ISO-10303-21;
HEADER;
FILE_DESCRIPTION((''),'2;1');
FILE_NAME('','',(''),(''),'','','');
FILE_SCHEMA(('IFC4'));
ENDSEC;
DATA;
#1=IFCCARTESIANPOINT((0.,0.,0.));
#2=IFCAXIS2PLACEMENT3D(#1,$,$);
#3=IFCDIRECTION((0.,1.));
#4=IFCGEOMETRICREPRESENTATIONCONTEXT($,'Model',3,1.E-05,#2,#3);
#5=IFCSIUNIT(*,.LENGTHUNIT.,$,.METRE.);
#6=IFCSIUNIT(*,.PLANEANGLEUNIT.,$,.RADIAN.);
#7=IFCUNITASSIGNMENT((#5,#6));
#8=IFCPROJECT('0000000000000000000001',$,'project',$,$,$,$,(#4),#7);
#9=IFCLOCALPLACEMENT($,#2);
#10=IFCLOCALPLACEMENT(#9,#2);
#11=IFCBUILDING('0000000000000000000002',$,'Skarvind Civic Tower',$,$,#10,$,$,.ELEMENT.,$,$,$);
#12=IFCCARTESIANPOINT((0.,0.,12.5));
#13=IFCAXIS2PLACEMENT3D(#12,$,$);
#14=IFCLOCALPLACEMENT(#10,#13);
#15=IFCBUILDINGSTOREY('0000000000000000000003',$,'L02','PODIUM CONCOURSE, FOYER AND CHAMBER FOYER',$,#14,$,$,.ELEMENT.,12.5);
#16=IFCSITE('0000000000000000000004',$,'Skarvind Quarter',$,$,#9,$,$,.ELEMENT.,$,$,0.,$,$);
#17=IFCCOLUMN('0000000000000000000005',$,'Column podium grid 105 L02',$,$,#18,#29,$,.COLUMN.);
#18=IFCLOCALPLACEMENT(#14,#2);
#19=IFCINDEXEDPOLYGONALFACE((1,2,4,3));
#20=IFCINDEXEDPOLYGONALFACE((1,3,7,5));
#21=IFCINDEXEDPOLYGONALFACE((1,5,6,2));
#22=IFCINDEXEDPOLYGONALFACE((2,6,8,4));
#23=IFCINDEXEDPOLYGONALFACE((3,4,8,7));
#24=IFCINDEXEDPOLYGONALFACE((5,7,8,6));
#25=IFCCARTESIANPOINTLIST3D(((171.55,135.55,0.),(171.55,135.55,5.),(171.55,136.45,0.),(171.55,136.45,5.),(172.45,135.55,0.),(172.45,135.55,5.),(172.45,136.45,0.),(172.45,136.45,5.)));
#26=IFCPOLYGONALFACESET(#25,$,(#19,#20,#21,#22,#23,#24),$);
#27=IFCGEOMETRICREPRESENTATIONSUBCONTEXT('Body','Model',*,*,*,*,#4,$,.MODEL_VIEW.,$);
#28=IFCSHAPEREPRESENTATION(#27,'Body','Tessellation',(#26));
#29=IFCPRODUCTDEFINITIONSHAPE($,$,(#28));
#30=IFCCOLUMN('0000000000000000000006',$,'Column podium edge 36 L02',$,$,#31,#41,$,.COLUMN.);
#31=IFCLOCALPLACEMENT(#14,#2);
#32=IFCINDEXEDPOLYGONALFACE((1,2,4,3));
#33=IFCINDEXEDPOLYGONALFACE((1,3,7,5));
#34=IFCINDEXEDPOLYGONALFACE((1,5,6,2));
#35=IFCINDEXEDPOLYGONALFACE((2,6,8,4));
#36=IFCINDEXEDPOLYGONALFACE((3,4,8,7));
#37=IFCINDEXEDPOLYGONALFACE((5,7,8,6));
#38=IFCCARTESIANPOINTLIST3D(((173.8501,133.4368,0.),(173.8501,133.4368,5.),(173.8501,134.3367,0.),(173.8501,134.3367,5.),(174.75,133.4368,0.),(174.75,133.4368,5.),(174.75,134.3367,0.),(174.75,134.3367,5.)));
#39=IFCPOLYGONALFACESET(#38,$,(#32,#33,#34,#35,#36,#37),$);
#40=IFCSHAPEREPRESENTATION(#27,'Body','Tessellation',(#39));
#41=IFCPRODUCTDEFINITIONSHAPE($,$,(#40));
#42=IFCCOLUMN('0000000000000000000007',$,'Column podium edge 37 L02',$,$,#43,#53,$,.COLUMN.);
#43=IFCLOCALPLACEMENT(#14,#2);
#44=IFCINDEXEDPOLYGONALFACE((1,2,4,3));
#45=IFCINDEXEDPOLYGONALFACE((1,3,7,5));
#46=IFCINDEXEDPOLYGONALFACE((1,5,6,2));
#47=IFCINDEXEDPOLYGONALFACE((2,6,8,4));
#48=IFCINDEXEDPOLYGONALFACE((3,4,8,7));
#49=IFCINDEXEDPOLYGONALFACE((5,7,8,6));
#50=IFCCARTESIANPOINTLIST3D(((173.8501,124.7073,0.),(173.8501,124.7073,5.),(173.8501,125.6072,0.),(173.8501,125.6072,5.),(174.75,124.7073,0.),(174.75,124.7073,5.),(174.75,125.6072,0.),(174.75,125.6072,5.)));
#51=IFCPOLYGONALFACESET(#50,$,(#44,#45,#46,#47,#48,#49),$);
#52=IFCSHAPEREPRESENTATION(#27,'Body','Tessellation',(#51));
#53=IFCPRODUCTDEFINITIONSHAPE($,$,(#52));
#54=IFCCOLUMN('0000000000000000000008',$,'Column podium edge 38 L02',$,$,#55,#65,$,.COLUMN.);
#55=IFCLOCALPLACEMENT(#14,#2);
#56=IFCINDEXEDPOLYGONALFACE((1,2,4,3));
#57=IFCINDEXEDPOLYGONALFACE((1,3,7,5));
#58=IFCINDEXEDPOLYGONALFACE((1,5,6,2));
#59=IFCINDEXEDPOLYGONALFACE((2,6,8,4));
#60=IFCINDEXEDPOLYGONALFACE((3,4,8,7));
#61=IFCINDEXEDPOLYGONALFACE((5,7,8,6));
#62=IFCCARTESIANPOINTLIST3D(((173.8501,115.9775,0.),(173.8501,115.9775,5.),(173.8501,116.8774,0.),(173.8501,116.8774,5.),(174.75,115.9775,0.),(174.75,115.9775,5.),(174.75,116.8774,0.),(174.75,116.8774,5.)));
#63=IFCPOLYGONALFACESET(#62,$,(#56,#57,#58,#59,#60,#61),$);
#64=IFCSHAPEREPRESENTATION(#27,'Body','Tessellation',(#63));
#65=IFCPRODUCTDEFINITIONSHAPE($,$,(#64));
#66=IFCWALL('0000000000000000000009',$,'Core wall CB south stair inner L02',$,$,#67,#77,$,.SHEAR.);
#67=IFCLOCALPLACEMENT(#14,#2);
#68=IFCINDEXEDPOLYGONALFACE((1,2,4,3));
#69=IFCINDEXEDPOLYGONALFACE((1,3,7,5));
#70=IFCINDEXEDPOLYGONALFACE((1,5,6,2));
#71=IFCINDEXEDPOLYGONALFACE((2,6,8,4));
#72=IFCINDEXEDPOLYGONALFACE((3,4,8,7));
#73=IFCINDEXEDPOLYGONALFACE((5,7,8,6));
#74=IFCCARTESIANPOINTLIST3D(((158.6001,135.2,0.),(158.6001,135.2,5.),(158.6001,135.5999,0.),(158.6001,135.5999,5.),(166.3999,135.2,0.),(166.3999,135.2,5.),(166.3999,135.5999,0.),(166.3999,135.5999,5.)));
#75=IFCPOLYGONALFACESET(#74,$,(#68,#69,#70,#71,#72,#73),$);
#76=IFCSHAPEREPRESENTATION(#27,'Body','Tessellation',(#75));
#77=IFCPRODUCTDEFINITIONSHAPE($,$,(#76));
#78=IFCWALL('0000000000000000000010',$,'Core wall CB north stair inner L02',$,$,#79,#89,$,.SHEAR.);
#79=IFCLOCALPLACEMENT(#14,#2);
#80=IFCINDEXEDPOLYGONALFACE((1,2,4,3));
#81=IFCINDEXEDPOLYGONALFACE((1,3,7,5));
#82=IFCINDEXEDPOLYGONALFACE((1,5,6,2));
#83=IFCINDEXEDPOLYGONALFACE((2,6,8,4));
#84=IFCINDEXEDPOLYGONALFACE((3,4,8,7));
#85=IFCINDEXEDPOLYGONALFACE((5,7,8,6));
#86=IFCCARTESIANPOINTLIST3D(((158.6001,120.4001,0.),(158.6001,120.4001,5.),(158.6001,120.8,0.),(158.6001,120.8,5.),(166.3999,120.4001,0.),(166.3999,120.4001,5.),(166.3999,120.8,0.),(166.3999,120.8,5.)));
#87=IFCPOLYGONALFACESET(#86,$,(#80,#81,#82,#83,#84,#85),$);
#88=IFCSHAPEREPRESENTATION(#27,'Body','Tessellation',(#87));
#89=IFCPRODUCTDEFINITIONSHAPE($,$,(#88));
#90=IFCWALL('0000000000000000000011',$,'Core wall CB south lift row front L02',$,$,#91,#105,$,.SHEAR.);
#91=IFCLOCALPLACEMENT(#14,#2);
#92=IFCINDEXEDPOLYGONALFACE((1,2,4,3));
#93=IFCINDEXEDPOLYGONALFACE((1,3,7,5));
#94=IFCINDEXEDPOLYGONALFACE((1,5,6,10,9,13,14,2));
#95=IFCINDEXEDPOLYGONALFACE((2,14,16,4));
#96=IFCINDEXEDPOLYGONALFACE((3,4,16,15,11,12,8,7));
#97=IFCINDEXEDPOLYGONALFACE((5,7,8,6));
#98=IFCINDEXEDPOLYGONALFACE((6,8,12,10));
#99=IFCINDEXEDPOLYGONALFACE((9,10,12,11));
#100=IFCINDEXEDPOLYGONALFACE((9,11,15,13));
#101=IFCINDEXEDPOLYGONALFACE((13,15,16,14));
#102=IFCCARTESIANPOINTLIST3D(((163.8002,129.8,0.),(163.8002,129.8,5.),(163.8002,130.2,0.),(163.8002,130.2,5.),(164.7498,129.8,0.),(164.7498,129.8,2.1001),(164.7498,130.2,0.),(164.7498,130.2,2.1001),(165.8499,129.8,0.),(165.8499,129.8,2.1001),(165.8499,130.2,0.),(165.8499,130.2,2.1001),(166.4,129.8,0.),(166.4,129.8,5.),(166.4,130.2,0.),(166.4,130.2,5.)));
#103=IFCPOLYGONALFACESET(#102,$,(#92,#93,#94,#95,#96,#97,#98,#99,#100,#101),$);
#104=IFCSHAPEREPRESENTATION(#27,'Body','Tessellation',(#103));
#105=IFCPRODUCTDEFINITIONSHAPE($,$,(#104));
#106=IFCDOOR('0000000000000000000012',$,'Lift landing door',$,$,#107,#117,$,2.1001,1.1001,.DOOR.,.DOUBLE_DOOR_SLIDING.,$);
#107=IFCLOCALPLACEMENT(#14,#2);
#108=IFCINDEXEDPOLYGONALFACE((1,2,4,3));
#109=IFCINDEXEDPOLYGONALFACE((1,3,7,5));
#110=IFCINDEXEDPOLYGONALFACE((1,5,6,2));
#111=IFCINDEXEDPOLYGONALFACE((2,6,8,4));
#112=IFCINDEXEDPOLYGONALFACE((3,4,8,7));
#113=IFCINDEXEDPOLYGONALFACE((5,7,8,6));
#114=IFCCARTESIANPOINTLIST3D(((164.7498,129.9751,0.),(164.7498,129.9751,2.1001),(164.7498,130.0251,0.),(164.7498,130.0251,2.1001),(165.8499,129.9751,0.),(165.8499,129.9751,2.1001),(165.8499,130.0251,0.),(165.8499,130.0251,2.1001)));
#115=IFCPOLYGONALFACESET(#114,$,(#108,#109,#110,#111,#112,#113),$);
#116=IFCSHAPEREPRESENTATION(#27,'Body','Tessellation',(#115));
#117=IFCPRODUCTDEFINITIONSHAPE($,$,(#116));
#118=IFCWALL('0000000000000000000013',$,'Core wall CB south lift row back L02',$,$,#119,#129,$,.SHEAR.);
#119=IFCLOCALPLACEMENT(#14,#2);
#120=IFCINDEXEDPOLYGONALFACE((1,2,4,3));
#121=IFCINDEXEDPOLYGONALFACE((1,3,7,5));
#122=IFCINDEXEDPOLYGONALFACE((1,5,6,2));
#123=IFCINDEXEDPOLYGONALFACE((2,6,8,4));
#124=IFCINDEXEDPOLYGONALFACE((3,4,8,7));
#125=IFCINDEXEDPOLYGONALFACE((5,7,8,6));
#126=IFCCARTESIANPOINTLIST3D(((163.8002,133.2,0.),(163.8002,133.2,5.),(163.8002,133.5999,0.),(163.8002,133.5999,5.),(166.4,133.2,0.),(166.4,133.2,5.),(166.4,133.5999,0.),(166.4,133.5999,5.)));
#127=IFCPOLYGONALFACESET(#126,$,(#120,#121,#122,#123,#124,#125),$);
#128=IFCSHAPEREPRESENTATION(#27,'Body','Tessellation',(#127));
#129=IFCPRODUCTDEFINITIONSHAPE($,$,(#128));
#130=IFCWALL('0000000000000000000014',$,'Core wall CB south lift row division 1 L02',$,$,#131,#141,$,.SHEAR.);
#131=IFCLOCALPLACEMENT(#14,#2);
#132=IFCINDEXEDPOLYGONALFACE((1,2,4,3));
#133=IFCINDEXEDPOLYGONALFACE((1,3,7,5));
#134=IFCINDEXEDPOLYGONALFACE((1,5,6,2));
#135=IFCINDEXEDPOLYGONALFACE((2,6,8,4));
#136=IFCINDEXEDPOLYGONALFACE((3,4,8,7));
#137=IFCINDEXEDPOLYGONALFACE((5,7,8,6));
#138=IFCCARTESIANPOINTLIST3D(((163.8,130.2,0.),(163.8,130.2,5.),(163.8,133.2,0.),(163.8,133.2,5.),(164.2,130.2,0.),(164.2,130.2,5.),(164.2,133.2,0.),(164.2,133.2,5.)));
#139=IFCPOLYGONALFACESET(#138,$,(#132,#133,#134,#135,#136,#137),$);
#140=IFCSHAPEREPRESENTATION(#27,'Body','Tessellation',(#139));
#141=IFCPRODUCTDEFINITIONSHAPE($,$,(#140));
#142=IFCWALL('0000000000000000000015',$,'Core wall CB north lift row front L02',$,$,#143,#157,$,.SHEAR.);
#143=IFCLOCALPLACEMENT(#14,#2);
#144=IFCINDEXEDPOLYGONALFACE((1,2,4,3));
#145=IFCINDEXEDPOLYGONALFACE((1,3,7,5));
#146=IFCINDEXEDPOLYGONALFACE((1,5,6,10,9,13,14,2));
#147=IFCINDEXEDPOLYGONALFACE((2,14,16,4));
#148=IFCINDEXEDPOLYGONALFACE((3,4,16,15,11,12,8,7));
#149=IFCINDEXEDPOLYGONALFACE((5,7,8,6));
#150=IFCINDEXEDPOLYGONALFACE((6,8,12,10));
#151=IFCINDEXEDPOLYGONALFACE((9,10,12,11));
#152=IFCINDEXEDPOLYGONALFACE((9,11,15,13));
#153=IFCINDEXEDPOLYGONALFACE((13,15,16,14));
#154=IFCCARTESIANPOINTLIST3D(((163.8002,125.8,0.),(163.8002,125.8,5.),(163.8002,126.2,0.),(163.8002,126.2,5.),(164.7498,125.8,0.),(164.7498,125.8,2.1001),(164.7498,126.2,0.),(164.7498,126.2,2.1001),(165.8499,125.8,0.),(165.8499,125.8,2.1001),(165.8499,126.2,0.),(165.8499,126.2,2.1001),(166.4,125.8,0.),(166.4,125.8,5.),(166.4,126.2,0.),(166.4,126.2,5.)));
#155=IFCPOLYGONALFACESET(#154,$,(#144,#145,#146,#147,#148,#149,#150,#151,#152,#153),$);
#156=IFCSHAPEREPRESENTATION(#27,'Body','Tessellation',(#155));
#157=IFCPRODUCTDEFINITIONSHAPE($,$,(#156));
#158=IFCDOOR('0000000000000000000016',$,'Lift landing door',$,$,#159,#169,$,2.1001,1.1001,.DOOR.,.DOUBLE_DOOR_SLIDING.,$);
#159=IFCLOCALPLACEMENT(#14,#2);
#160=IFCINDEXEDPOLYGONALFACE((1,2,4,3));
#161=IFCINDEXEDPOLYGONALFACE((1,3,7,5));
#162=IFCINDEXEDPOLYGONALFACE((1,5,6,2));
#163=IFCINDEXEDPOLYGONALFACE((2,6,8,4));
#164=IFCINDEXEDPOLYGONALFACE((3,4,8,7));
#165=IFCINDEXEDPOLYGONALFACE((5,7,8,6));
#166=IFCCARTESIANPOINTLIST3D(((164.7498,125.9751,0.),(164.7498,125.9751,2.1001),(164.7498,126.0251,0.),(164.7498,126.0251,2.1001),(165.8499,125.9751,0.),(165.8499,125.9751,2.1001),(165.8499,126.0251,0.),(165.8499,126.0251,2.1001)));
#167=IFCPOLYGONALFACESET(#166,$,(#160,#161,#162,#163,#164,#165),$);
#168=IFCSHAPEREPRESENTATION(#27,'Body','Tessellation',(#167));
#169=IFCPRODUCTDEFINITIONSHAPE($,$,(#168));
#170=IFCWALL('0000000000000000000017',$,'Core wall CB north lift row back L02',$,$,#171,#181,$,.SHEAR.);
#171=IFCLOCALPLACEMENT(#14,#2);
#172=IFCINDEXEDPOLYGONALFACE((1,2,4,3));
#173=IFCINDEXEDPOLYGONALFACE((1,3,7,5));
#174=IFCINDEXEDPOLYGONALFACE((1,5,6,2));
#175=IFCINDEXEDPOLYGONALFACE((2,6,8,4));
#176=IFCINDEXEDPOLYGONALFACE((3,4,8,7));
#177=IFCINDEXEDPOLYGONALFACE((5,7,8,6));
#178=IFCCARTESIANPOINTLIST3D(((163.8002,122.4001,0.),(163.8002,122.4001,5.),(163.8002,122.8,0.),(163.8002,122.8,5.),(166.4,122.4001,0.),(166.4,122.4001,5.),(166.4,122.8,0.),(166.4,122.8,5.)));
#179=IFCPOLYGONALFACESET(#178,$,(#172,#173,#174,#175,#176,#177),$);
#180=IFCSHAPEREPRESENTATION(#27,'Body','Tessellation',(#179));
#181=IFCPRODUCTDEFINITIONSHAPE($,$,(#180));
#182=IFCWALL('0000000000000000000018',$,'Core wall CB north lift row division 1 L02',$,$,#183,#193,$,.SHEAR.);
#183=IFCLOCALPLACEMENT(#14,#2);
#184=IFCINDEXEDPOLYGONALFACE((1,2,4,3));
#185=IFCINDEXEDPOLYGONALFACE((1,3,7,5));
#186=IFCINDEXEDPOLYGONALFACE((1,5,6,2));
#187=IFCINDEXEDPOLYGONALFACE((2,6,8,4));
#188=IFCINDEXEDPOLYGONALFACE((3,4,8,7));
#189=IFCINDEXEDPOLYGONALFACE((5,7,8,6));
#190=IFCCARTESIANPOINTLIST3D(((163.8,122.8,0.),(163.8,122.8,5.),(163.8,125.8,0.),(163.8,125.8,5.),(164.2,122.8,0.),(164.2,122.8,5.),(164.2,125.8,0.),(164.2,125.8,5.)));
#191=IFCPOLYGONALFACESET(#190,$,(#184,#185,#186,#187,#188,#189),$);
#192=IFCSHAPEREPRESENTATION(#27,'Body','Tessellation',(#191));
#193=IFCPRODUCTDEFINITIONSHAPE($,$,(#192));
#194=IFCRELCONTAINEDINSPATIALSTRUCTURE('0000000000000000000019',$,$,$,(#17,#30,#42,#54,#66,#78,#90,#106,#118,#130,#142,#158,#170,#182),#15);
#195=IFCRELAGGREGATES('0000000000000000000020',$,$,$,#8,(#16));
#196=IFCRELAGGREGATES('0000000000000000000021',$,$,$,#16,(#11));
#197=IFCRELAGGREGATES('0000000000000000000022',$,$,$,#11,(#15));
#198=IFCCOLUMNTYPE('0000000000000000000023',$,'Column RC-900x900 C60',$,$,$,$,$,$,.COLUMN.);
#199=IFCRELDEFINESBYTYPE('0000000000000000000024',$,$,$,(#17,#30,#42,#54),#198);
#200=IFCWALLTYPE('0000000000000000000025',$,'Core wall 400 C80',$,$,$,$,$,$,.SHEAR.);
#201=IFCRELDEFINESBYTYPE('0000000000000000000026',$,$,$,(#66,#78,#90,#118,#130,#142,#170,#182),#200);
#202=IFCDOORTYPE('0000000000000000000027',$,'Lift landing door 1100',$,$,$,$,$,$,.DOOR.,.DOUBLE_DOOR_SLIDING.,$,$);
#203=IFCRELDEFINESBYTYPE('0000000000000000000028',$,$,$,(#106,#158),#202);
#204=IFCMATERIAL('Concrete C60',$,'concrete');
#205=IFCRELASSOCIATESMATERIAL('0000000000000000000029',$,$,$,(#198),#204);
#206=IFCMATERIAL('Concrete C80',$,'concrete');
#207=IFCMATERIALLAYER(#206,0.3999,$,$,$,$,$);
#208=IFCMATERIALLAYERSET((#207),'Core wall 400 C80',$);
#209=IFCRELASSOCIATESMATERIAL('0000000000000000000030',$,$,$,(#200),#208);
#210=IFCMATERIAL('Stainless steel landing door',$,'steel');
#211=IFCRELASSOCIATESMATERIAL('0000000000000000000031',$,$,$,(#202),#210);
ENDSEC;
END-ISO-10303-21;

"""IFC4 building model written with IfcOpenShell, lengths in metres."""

from ifc_helpers import new_model, si_unit, direction, frame, frame_2d, origin, origin_2d, place, context, subcontext, project, spatial, rectangle, extrude, material, layer, layer_set, material_profile, profile_set, type_object, element, fill, save


model = new_model("IFC4")

# Units and contexts
model_context = context("Model", 3, precision=1e-05, world=origin(), true_north=direction((0.0, 1.0)))
body_context = subcontext(model_context, "Body", "Model", "MODEL_VIEW")
ifc_project = project(units=[si_unit("LENGTHUNIT", "METRE"), si_unit("PLANEANGLEUNIT", "RADIAN")], contexts=[model_context])

# Site, building, storey
site_placement = place(None, origin())
site = spatial("IfcSite", under=ifc_project, at=site_placement, Name="Skarvind Quarter", CompositionType="ELEMENT", RefElevation=0.0)
building_placement = place(site_placement, origin())
building = spatial("IfcBuilding", under=site, at=building_placement, Name="Skarvind Civic Tower", CompositionType="ELEMENT")
storey_placement = place(building_placement, frame((0.0, 0.0, 12.5)))
storey = spatial("IfcBuildingStorey", under=building, at=storey_placement, Name="L02", Description="PODIUM CONCOURSE, FOYER AND CHAMBER FOYER", CompositionType="ELEMENT", Elevation=12.5)

# Columns
ifc_material_1 = material(Name="Concrete C60", Category="concrete")
ifc_material_profile = material_profile(ifc_material_1, rectangle(XDim=0.8999, YDim=0.8999, at=origin_2d()), Name="RC-900x900")
ifc_profile_set = profile_set([ifc_material_profile], Name="Concrete C60")
column_type = type_object("IfcColumnType", Name="Column RC-900x900 C60", PredefinedType="COLUMN", material=ifc_profile_set)
for number, where, z_axis, x_axis, name in (
    (1, (172.0, 136.0, 0.0), (0.0, 0.0, 1.0), (1.0, 0.0, 0.0), "Column podium grid 105 L02"),
    (2, (174.3, 133.8867, 0.0), (0.0, 0.0, 1.0), (1.0, 0.0, 0.0), "Column podium edge 36 L02"),
    (3, (174.3, 125.1572, 0.0), (0.0, 0.0, 1.0), (1.0, 0.0, 0.0), "Column podium edge 37 L02"),
    (4, (174.3, 116.4275, 0.0), (0.0, 0.0, 1.0), (1.0, 0.0, 0.0), "Column podium edge 38 L02"),
):
    element("IfcColumn", number, at=place(storey_placement, frame(where, z_axis=z_axis, x_axis=x_axis)), inside=storey, type_object=column_type, Name=name, PredefinedType="COLUMN", context=body_context, shape_type="SweptSolid", body=[
        extrude(rectangle(XDim=0.8999, YDim=0.8999, at=origin_2d()), origin(), (0.0, 0.0, 1.0), 5.0),
    ])

# Walls
ifc_material_2 = material(Name="Concrete C80", Category="concrete")
ifc_layer_1 = layer(ifc_material_2, 0.3999)
ifc_layer_set_1 = layer_set([ifc_layer_1], Name="Core wall 400 C80")
wall_type_1 = type_object("IfcWallType", Name="Core wall 400 C80", PredefinedType="SHEAR", material=ifc_layer_set_1)
for number, where, z_axis, x_axis, name in (
    (5, (166.3999, 135.3999, 0.0), (0.0, 0.0, 1.0), (-1.0, 0.0, 0.0), "Core wall CB south stair inner L02"),
    (6, (166.3999, 120.6001, 0.0), (0.0, 0.0, 1.0), (-1.0, 0.0, 0.0), "Core wall CB north stair inner L02"),
):
    element("IfcWall", number, at=place(storey_placement, frame(where, z_axis=z_axis, x_axis=x_axis)), inside=storey, type_object=wall_type_1, Name=name, PredefinedType="SHEAR", context=body_context, shape_type="SweptSolid", body=[
        extrude(rectangle(XDim=7.7998, YDim=0.3999, at=frame_2d((3.8999, 0.0))), origin(), (0.0, 0.0, 1.0), 5.0),
    ])

# Wall, opening, door
wall_1_placement = place(storey_placement, frame((166.3999, 130.0, 0.0), z_axis=(0.0, 0.0, 1.0), x_axis=(-1.0, 0.0, 0.0)))
wall_1 = element("IfcWall", 7, at=wall_1_placement, inside=storey, type_object=wall_type_1, Name="Core wall CB south lift row front L02", PredefinedType="SHEAR", context=body_context, shape_type="SweptSolid", body=[
    extrude(rectangle(XDim=2.5999, YDim=0.3999, at=frame_2d((1.2998, 0.0))), origin(), (0.0, 0.0, 1.0), 5.0),
])
opening_1_placement = place(wall_1_placement, frame((0.55, 0.0, 0.0)))
opening_1 = element("IfcOpeningElement", 8, at=opening_1_placement, cuts=wall_1, PredefinedType="OPENING", context=body_context, shape_type="SweptSolid", body=[
    extrude(rectangle(XDim=1.1001, YDim=2.1001, at=frame_2d((0.55, 1.05))), frame((0.0, 0.21, 0.0), z_axis=(0.0, -1.0, 0.0), x_axis=(1.0, 0.0, 0.0)), (0.0, 0.0, 1.0), 0.4199),
])
ifc_material_3 = material(Name="Stainless steel landing door", Category="steel")
door_type_1 = type_object("IfcDoorType", Name="Lift landing door 1100", OperationType="DOUBLE_DOOR_SLIDING", PredefinedType="DOOR", material=ifc_material_3)
door_1_placement = place(opening_1_placement, origin())
door_1 = element("IfcDoor", 9, at=door_1_placement, inside=storey, type_object=door_type_1, Name="Lift landing door", OperationType="DOUBLE_DOOR_SLIDING", OverallHeight=2.1001, OverallWidth=1.1001, PredefinedType="DOOR", context=body_context, shape_type="SweptSolid", body=[
    extrude(rectangle(XDim=1.1001, YDim=2.1001, at=frame_2d((0.55, 1.05))), frame((0.0, 0.0249, 0.0), z_axis=(0.0, -1.0, 0.0), x_axis=(1.0, 0.0, 0.0)), (0.0, 0.0, 1.0), 0.05),
])
fill(opening_1, door_1)

# Walls
wall_2_placement = place(storey_placement, frame((166.3999, 133.3999, 0.0), z_axis=(0.0, 0.0, 1.0), x_axis=(-1.0, 0.0, 0.0)))
element("IfcWall", 10, at=wall_2_placement, inside=storey, type_object=wall_type_1, Name="Core wall CB south lift row back L02", PredefinedType="SHEAR", context=body_context, shape_type="SweptSolid", body=[
    extrude(rectangle(XDim=2.5999, YDim=0.3999, at=frame_2d((1.2998, 0.0))), origin(), (0.0, 0.0, 1.0), 5.0),
])
wall_3_placement = place(storey_placement, frame((164.0, 133.2, 0.0), z_axis=(0.0, 0.0, 1.0), x_axis=(0.0, -1.0, 0.0)))
element("IfcWall", 11, at=wall_3_placement, inside=storey, type_object=wall_type_1, Name="Core wall CB south lift row division 1 L02", PredefinedType="SHEAR", context=body_context, shape_type="SweptSolid", body=[
    extrude(rectangle(XDim=3.0, YDim=0.3999, at=frame_2d((1.5, 0.0))), origin(), (0.0, 0.0, 1.0), 5.0),
])

# Wall, opening, door
wall_4_placement = place(storey_placement, frame((166.3999, 126.0, 0.0), z_axis=(0.0, 0.0, 1.0), x_axis=(-1.0, 0.0, 0.0)))
wall_4 = element("IfcWall", 12, at=wall_4_placement, inside=storey, type_object=wall_type_1, Name="Core wall CB north lift row front L02", PredefinedType="SHEAR", context=body_context, shape_type="SweptSolid", body=[
    extrude(rectangle(XDim=2.5999, YDim=0.3999, at=frame_2d((1.2998, 0.0))), origin(), (0.0, 0.0, 1.0), 5.0),
])
opening_2_placement = place(wall_4_placement, frame((0.55, 0.0, 0.0)))
opening_2 = element("IfcOpeningElement", 13, at=opening_2_placement, cuts=wall_4, PredefinedType="OPENING", context=body_context, shape_type="SweptSolid", body=[
    extrude(rectangle(XDim=1.1001, YDim=2.1001, at=frame_2d((0.55, 1.05))), frame((0.0, 0.21, 0.0), z_axis=(0.0, -1.0, 0.0), x_axis=(1.0, 0.0, 0.0)), (0.0, 0.0, 1.0), 0.4199),
])
door_2_placement = place(opening_2_placement, origin())
door_2 = element("IfcDoor", 14, at=door_2_placement, inside=storey, type_object=door_type_1, Name="Lift landing door", OperationType="DOUBLE_DOOR_SLIDING", OverallHeight=2.1001, OverallWidth=1.1001, PredefinedType="DOOR", context=body_context, shape_type="SweptSolid", body=[
    extrude(rectangle(XDim=1.1001, YDim=2.1001, at=frame_2d((0.55, 1.05))), frame((0.0, 0.0249, 0.0), z_axis=(0.0, -1.0, 0.0), x_axis=(1.0, 0.0, 0.0)), (0.0, 0.0, 1.0), 0.05),
])
fill(opening_2, door_2)

# Walls
wall_5_placement = place(storey_placement, frame((166.3999, 122.6001, 0.0), z_axis=(0.0, 0.0, 1.0), x_axis=(-1.0, 0.0, 0.0)))
element("IfcWall", 15, at=wall_5_placement, inside=storey, type_object=wall_type_1, Name="Core wall CB north lift row back L02", PredefinedType="SHEAR", context=body_context, shape_type="SweptSolid", body=[
    extrude(rectangle(XDim=2.5999, YDim=0.3999, at=frame_2d((1.2998, 0.0))), origin(), (0.0, 0.0, 1.0), 5.0),
])
wall_6_placement = place(storey_placement, frame((164.0, 125.8, 0.0), z_axis=(0.0, 0.0, 1.0), x_axis=(0.0, -1.0, 0.0)))
element("IfcWall", 16, at=wall_6_placement, inside=storey, type_object=wall_type_1, Name="Core wall CB north lift row division 1 L02", PredefinedType="SHEAR", context=body_context, shape_type="SweptSolid", body=[
    extrude(rectangle(XDim=3.0, YDim=0.3999, at=frame_2d((1.5, 0.0))), origin(), (0.0, 0.0, 1.0), 5.0),
])

save(model, "model.ifc")
